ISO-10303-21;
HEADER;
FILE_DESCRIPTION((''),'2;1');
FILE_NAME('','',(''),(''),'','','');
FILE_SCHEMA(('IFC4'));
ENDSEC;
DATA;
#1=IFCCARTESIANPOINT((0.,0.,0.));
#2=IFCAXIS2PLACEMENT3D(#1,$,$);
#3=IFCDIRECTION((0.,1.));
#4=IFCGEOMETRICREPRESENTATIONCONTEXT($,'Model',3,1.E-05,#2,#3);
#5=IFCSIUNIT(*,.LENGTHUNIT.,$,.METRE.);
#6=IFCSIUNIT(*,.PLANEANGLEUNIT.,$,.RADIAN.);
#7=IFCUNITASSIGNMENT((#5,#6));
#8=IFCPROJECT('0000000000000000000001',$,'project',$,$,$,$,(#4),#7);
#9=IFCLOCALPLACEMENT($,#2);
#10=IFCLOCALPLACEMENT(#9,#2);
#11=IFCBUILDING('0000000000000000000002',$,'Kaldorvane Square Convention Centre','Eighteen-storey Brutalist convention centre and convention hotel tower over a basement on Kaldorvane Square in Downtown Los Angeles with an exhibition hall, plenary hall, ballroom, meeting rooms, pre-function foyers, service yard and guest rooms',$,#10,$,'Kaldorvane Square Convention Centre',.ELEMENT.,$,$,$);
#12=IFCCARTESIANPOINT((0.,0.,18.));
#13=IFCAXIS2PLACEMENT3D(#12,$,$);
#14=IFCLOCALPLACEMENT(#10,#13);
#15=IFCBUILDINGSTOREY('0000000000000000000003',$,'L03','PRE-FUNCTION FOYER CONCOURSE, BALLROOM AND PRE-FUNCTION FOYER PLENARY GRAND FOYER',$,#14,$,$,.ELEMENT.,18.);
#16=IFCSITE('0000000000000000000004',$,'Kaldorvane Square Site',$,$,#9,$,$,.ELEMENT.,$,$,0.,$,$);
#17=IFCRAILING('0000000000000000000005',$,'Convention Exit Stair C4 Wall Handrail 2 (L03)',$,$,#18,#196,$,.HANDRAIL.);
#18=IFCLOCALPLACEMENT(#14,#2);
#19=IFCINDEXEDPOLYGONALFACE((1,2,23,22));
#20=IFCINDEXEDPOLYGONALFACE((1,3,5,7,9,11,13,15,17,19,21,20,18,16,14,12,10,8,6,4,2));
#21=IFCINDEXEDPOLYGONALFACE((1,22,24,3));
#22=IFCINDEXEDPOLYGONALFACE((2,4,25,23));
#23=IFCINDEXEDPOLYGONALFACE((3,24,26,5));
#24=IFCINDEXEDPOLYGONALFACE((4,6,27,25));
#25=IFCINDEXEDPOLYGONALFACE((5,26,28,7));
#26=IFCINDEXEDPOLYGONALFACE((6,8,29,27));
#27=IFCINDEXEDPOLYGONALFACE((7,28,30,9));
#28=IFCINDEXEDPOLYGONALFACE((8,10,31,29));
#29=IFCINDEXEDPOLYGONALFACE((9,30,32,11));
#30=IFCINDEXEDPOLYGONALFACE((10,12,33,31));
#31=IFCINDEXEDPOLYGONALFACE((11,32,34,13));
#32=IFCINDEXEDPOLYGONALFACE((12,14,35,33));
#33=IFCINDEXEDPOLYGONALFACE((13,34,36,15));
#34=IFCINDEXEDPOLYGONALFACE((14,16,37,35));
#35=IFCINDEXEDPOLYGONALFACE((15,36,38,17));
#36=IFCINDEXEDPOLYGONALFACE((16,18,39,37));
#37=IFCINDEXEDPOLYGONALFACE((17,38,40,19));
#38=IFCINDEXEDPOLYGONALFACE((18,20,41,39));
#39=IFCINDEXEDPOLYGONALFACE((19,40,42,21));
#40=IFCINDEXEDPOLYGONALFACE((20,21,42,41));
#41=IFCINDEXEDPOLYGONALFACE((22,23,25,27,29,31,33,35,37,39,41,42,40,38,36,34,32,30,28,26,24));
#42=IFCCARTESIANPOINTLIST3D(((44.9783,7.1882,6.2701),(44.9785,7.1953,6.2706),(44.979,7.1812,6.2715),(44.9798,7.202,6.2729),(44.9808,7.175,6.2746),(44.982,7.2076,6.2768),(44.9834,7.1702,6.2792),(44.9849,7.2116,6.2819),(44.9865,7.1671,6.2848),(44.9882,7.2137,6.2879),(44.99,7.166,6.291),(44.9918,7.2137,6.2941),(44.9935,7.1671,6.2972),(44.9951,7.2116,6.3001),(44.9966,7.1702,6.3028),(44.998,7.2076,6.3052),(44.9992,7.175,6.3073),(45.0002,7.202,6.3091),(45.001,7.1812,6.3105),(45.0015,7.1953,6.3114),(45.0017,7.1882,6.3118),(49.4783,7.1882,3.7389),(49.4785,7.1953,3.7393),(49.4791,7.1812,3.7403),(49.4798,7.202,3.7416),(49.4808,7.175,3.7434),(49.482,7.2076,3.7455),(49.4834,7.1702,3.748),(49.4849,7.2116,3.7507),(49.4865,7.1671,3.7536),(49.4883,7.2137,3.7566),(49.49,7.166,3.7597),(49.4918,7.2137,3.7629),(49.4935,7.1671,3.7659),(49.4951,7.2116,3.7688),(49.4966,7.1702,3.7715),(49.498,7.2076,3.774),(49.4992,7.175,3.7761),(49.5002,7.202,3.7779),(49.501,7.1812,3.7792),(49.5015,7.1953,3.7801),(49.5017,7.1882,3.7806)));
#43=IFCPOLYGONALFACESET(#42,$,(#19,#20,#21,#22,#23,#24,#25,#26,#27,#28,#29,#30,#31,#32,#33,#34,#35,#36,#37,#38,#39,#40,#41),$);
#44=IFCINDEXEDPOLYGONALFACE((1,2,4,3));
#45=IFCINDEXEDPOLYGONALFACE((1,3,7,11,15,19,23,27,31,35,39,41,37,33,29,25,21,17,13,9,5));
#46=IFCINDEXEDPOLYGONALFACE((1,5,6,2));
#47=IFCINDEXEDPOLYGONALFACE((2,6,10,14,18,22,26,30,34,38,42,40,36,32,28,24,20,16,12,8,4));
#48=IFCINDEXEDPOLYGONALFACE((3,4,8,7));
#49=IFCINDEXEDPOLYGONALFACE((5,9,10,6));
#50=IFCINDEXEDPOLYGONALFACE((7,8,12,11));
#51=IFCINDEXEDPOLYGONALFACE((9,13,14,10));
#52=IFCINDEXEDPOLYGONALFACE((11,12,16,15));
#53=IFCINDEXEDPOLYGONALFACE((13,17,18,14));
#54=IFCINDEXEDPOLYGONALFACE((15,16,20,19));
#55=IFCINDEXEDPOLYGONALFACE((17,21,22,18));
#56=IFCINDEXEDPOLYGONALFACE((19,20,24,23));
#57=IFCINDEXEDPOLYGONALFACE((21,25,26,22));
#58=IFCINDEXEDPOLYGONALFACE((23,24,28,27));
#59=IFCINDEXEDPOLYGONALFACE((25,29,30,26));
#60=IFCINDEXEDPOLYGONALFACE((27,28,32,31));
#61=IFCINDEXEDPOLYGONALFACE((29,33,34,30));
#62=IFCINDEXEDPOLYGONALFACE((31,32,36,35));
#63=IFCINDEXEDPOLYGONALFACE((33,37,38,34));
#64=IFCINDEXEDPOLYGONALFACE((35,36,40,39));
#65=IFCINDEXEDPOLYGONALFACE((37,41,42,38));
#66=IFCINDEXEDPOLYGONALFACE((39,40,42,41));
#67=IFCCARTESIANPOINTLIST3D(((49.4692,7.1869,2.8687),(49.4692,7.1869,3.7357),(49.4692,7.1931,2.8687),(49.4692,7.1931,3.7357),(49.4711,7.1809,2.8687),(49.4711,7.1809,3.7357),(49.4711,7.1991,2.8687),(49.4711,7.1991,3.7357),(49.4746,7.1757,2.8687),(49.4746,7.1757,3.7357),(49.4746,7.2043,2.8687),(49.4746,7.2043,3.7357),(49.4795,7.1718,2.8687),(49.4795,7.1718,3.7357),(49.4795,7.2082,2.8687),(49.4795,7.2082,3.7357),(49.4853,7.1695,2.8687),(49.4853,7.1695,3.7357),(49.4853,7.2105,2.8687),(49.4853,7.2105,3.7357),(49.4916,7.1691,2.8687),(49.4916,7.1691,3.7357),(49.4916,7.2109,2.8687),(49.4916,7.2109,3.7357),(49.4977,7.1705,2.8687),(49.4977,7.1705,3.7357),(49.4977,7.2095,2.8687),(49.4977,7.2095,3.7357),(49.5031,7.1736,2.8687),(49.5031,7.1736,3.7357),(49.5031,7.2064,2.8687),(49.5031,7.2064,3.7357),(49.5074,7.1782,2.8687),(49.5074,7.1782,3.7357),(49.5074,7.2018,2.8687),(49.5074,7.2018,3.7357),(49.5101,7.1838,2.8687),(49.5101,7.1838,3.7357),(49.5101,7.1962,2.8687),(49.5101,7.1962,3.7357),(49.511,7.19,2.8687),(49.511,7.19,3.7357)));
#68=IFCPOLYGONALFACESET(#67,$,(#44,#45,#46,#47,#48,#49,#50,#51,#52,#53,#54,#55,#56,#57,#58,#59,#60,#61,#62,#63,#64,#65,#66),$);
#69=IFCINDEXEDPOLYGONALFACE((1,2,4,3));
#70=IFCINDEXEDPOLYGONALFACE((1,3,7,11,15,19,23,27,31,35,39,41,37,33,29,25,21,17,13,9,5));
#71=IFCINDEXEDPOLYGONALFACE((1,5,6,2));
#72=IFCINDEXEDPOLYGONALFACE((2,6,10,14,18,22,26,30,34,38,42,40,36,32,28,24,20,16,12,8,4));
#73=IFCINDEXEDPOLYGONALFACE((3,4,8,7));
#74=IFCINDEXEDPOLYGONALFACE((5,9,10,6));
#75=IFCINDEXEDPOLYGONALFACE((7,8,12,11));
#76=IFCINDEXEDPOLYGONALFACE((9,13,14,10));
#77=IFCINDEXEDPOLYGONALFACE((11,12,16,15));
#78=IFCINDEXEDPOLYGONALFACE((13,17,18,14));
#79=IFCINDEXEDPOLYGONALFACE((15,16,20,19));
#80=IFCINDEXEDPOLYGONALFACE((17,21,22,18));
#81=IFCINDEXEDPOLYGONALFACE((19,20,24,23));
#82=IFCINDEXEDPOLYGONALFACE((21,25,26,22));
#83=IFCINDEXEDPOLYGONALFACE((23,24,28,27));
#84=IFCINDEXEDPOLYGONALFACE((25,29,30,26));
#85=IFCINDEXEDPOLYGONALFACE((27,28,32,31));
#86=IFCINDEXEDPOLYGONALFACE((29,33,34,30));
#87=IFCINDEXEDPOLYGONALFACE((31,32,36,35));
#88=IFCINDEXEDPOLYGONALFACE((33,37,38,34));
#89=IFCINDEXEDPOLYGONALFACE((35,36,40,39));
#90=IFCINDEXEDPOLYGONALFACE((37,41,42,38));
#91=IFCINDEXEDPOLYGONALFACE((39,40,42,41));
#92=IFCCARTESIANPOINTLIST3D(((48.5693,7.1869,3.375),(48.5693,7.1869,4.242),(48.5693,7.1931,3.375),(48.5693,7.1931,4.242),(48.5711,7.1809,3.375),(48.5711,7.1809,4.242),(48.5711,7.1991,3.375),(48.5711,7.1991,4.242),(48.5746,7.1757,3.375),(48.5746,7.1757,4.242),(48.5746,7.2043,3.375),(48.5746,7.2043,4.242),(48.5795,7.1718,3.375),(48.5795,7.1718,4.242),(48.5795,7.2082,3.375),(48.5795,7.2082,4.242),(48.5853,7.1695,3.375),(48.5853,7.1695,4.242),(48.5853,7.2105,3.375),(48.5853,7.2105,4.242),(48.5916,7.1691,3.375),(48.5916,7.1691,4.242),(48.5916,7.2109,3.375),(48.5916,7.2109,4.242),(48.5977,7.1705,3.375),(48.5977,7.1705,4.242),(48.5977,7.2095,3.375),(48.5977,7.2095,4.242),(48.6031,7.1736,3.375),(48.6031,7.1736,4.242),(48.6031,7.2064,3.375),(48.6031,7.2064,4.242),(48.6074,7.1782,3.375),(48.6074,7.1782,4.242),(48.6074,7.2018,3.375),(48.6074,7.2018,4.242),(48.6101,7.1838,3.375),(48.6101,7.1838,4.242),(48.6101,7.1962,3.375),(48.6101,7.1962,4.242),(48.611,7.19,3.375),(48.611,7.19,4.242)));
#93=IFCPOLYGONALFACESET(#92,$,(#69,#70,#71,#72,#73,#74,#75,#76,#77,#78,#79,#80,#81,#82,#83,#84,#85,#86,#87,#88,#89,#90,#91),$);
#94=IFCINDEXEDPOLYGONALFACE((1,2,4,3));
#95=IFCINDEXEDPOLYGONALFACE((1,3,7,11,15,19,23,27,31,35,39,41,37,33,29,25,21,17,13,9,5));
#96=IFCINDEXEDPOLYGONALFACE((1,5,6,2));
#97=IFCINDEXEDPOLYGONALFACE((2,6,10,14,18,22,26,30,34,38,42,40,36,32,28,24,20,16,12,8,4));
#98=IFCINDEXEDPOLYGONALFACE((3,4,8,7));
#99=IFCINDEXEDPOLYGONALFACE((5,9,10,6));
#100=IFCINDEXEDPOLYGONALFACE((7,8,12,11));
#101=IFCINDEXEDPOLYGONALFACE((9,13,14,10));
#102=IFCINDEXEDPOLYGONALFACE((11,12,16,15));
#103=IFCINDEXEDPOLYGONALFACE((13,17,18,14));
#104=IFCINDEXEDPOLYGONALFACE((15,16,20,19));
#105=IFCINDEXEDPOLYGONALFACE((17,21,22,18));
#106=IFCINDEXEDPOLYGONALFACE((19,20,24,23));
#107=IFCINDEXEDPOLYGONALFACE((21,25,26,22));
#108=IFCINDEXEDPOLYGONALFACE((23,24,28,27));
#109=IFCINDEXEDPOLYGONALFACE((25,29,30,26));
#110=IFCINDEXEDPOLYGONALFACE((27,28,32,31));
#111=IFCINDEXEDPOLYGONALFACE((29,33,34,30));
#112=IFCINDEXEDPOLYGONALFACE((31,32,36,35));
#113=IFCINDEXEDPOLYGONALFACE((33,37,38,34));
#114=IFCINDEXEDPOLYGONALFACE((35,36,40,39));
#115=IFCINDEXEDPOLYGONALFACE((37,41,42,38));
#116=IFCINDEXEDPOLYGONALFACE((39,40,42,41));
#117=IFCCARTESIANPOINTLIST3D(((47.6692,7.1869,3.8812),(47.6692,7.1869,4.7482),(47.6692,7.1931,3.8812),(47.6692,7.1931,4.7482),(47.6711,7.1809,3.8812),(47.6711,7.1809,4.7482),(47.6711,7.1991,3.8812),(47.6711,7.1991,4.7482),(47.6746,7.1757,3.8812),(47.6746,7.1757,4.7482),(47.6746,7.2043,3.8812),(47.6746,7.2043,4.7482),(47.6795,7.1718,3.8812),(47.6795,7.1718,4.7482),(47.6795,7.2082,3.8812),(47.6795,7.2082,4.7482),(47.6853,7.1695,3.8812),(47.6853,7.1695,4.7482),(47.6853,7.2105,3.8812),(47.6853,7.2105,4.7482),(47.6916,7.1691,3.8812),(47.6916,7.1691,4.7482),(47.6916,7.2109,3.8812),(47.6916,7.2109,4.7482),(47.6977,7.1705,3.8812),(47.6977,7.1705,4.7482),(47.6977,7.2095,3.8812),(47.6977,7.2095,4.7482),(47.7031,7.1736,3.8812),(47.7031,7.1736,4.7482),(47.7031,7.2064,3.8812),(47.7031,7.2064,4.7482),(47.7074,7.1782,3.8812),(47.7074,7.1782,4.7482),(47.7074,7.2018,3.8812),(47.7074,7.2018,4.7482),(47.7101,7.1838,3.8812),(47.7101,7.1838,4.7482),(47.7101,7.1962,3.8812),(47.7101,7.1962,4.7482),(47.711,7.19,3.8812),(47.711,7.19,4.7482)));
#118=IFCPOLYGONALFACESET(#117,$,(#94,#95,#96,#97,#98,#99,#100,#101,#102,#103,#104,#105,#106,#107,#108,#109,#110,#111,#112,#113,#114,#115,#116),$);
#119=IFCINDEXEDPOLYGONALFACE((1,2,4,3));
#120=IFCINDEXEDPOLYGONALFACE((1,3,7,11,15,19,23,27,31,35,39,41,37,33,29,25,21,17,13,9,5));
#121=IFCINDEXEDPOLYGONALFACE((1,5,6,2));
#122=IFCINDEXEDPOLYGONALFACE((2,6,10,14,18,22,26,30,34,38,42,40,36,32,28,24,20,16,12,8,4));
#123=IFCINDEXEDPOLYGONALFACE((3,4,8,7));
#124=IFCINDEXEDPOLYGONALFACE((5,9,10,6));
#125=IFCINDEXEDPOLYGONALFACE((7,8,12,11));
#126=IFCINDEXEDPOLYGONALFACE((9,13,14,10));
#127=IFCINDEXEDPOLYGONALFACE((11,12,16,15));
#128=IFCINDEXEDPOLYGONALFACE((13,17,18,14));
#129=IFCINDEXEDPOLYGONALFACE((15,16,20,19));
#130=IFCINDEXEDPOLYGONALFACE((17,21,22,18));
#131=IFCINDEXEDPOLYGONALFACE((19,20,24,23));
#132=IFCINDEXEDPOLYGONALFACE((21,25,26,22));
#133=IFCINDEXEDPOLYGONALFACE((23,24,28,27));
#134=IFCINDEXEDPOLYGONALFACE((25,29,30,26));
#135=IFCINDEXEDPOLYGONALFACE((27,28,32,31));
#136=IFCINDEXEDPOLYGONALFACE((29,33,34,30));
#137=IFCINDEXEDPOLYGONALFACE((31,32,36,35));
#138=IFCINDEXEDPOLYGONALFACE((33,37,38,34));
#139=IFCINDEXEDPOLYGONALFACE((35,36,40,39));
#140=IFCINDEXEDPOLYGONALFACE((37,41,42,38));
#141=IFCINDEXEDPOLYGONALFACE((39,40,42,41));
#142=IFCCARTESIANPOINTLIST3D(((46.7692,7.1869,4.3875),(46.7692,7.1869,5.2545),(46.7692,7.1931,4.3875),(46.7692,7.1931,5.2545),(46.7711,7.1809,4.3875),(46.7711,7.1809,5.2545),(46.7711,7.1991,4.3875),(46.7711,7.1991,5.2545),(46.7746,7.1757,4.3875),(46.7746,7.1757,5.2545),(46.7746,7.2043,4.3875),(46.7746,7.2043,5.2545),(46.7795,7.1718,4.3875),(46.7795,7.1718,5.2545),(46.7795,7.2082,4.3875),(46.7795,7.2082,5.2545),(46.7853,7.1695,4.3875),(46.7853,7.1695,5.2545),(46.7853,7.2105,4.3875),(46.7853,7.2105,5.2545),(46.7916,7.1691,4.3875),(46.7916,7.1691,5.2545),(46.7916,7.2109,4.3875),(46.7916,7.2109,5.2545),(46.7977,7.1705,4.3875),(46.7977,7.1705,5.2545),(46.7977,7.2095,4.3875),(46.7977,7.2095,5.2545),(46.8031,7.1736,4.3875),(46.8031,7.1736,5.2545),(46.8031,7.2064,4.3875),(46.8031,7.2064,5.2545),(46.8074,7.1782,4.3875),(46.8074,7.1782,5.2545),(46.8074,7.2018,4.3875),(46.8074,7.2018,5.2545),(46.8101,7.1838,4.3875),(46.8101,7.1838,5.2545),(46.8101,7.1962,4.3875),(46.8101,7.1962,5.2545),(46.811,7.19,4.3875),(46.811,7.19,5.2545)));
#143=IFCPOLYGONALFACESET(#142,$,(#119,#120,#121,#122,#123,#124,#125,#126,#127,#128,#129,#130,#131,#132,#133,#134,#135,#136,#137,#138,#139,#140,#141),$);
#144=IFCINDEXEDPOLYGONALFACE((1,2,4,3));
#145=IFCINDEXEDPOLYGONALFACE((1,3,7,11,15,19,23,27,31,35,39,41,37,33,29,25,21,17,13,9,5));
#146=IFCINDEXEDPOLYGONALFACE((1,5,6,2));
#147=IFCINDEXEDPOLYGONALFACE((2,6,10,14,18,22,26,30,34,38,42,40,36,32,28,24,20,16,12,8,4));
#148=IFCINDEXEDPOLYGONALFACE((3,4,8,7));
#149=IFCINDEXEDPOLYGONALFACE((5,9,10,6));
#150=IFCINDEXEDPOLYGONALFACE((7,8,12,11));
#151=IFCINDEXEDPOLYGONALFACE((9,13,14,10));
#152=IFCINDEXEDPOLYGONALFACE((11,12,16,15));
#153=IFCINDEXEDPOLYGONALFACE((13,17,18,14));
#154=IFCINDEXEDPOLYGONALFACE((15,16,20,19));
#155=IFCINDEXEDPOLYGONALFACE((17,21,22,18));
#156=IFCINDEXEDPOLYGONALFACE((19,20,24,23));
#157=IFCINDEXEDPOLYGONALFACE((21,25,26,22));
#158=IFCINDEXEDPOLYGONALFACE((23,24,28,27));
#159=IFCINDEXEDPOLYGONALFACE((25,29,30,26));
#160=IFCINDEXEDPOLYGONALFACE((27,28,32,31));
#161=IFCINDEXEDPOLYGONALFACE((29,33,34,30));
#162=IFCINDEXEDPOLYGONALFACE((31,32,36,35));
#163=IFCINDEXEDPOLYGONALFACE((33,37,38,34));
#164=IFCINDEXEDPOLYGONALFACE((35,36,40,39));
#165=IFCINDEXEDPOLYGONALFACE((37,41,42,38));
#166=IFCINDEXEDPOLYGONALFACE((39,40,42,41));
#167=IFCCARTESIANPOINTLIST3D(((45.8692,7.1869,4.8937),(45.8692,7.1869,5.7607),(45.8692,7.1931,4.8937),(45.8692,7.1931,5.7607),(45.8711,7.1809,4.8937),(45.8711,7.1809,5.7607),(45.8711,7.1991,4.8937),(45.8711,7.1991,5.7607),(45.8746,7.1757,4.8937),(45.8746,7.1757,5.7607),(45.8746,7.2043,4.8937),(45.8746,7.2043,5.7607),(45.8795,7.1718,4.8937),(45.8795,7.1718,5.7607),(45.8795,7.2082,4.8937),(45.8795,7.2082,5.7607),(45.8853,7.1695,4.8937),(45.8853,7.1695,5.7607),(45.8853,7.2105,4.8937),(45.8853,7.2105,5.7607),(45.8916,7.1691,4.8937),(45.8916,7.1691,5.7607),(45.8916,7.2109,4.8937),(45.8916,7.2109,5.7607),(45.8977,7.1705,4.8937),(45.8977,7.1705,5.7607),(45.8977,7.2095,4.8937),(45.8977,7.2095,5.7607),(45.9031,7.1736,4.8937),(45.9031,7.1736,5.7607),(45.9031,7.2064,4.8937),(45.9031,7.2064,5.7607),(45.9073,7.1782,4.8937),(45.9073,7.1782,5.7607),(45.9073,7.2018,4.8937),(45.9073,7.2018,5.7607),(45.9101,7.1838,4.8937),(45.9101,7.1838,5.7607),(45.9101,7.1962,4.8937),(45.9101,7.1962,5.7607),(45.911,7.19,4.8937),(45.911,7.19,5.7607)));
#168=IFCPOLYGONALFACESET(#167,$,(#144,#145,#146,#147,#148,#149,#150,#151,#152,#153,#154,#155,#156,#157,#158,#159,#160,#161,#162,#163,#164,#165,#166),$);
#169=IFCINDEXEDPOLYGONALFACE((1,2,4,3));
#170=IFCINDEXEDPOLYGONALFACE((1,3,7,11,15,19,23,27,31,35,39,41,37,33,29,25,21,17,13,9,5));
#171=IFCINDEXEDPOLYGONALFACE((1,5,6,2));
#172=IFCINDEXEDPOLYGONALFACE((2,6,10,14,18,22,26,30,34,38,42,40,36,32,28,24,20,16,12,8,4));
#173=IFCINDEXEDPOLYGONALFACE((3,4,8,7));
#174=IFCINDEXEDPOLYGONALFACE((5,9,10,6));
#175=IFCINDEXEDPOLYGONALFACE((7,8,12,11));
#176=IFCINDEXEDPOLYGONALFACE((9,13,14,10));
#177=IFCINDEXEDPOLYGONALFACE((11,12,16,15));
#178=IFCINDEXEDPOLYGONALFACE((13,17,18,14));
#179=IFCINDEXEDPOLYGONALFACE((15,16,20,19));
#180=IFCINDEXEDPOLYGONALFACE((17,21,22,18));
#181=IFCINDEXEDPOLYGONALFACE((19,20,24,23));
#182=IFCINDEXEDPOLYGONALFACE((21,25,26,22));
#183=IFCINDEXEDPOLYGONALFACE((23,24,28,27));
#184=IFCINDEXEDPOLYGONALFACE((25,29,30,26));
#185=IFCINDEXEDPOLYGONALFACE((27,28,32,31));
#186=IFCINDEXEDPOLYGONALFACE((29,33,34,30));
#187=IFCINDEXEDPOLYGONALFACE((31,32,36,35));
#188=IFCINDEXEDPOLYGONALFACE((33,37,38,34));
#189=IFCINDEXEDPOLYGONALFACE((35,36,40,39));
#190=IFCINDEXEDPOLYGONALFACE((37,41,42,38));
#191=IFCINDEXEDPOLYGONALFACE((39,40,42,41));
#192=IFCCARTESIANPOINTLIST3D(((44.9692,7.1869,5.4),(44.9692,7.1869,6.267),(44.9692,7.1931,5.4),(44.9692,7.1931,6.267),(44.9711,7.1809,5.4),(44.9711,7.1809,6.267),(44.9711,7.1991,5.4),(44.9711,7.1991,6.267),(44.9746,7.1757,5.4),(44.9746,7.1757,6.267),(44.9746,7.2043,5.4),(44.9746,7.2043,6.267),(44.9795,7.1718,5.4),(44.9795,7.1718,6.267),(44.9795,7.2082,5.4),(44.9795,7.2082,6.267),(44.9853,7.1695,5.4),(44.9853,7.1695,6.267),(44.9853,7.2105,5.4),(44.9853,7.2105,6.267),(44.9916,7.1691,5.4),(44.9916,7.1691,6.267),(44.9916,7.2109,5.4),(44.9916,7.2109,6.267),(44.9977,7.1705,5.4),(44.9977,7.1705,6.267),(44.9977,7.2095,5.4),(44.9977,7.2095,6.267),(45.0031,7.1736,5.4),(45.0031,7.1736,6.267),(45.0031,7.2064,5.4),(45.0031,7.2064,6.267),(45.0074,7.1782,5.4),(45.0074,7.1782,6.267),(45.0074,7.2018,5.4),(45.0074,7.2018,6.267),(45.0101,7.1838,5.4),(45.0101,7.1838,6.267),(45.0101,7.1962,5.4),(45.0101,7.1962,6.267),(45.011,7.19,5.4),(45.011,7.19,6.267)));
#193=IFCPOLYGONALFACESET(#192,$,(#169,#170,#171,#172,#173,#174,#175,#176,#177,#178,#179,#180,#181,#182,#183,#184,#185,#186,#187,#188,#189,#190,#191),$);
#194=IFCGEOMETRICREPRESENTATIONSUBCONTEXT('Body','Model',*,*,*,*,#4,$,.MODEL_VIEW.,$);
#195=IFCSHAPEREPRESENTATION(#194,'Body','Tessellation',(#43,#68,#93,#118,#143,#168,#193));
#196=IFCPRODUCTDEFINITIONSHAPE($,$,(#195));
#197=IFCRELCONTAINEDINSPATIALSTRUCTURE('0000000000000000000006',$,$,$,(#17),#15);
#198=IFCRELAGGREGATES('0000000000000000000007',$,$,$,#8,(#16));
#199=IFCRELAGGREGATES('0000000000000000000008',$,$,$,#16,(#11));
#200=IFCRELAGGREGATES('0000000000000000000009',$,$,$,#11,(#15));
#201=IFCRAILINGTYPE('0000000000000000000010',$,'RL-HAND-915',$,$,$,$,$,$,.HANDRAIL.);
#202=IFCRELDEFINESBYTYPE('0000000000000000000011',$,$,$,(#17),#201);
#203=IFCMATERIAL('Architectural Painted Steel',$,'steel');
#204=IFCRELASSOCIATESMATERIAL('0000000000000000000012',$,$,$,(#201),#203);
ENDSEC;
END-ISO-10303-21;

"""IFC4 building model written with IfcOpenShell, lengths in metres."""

from ifc_helpers import new_model, si_unit, direction, frame, origin, origin_2d, place, context, subcontext, project, spatial, circle, extrude, material, type_object, element, save


model = new_model("IFC4")

# Units and contexts
model_context = context("Model", 3, precision=1e-05, world=origin(), true_north=direction((0.0, 1.0)))
body_context = subcontext(model_context, "Body", "Model", "MODEL_VIEW")
ifc_project = project(units=[si_unit("LENGTHUNIT", "METRE"), si_unit("PLANEANGLEUNIT", "RADIAN")], contexts=[model_context])

# Site, building, storey
site_placement = place(None, origin())
site = spatial("IfcSite", under=ifc_project, at=site_placement, Name="Kaldorvane Square Site", CompositionType="ELEMENT", RefElevation=0.0)
building_placement = place(site_placement, origin())
building = spatial("IfcBuilding", under=site, at=building_placement, Name="Kaldorvane Square Convention Centre", Description="Eighteen-storey Brutalist convention centre and convention hotel tower over a basement on Kaldorvane Square in Downtown Los Angeles with an exhibition hall, plenary hall, ballroom, meeting rooms, pre-function foyers, service yard and guest rooms", LongName="Kaldorvane Square Convention Centre", CompositionType="ELEMENT")
storey_placement = place(building_placement, frame((0.0, 0.0, 18.0)))
storey = spatial("IfcBuildingStorey", under=building, at=storey_placement, Name="L03", Description="PRE-FUNCTION FOYER CONCOURSE, BALLROOM AND PRE-FUNCTION FOYER PLENARY GRAND FOYER", CompositionType="ELEMENT", Elevation=18.0)

# Railing
ifc_material_1 = material(Name="Architectural Painted Steel", Category="steel")
railing_type_1 = type_object("IfcRailingType", Name="RL-HAND-915", PredefinedType="HANDRAIL", material=ifc_material_1)
for number, where, name in (
    (1, (49.49, 7.19, 2.8687), "Convention Exit Stair C4 Wall Handrail 2 (L03)"),
):
    element("IfcRailing", number, at=place(storey_placement, frame(where)), inside=storey, type_object=railing_type_1, Name=name, PredefinedType="HANDRAIL", context=body_context, shape_type="SweptSolid", body=[
        extrude(circle(Radius=0.024, at=origin_2d()), frame((0.0, 0.0, 0.891), z_axis=(-0.871576, 0.0, 0.490261), x_axis=(0.0, -1.0, 0.0)), (0.0, 0.0, 1.0), 5.1631),
        extrude(circle(Radius=0.021, at=origin_2d()), origin(), (0.0, 0.0, 1.0), 0.867),
        extrude(circle(Radius=0.021, at=origin_2d()), frame((-0.9, 0.0, 0.5063)), (0.0, 0.0, 1.0), 0.867),
        extrude(circle(Radius=0.021, at=origin_2d()), frame((-1.8, 0.0, 1.0125)), (0.0, 0.0, 1.0), 0.867),
        extrude(circle(Radius=0.021, at=origin_2d()), frame((-2.7, 0.0, 1.5188)), (0.0, 0.0, 1.0), 0.867),
        extrude(circle(Radius=0.021, at=origin_2d()), frame((-3.6, 0.0, 2.025)), (0.0, 0.0, 1.0), 0.867),
        extrude(circle(Radius=0.021, at=origin_2d()), frame((-4.5, 0.0, 2.5312)), (0.0, 0.0, 1.0), 0.867),
    ])

save(model, "model.ifc")
